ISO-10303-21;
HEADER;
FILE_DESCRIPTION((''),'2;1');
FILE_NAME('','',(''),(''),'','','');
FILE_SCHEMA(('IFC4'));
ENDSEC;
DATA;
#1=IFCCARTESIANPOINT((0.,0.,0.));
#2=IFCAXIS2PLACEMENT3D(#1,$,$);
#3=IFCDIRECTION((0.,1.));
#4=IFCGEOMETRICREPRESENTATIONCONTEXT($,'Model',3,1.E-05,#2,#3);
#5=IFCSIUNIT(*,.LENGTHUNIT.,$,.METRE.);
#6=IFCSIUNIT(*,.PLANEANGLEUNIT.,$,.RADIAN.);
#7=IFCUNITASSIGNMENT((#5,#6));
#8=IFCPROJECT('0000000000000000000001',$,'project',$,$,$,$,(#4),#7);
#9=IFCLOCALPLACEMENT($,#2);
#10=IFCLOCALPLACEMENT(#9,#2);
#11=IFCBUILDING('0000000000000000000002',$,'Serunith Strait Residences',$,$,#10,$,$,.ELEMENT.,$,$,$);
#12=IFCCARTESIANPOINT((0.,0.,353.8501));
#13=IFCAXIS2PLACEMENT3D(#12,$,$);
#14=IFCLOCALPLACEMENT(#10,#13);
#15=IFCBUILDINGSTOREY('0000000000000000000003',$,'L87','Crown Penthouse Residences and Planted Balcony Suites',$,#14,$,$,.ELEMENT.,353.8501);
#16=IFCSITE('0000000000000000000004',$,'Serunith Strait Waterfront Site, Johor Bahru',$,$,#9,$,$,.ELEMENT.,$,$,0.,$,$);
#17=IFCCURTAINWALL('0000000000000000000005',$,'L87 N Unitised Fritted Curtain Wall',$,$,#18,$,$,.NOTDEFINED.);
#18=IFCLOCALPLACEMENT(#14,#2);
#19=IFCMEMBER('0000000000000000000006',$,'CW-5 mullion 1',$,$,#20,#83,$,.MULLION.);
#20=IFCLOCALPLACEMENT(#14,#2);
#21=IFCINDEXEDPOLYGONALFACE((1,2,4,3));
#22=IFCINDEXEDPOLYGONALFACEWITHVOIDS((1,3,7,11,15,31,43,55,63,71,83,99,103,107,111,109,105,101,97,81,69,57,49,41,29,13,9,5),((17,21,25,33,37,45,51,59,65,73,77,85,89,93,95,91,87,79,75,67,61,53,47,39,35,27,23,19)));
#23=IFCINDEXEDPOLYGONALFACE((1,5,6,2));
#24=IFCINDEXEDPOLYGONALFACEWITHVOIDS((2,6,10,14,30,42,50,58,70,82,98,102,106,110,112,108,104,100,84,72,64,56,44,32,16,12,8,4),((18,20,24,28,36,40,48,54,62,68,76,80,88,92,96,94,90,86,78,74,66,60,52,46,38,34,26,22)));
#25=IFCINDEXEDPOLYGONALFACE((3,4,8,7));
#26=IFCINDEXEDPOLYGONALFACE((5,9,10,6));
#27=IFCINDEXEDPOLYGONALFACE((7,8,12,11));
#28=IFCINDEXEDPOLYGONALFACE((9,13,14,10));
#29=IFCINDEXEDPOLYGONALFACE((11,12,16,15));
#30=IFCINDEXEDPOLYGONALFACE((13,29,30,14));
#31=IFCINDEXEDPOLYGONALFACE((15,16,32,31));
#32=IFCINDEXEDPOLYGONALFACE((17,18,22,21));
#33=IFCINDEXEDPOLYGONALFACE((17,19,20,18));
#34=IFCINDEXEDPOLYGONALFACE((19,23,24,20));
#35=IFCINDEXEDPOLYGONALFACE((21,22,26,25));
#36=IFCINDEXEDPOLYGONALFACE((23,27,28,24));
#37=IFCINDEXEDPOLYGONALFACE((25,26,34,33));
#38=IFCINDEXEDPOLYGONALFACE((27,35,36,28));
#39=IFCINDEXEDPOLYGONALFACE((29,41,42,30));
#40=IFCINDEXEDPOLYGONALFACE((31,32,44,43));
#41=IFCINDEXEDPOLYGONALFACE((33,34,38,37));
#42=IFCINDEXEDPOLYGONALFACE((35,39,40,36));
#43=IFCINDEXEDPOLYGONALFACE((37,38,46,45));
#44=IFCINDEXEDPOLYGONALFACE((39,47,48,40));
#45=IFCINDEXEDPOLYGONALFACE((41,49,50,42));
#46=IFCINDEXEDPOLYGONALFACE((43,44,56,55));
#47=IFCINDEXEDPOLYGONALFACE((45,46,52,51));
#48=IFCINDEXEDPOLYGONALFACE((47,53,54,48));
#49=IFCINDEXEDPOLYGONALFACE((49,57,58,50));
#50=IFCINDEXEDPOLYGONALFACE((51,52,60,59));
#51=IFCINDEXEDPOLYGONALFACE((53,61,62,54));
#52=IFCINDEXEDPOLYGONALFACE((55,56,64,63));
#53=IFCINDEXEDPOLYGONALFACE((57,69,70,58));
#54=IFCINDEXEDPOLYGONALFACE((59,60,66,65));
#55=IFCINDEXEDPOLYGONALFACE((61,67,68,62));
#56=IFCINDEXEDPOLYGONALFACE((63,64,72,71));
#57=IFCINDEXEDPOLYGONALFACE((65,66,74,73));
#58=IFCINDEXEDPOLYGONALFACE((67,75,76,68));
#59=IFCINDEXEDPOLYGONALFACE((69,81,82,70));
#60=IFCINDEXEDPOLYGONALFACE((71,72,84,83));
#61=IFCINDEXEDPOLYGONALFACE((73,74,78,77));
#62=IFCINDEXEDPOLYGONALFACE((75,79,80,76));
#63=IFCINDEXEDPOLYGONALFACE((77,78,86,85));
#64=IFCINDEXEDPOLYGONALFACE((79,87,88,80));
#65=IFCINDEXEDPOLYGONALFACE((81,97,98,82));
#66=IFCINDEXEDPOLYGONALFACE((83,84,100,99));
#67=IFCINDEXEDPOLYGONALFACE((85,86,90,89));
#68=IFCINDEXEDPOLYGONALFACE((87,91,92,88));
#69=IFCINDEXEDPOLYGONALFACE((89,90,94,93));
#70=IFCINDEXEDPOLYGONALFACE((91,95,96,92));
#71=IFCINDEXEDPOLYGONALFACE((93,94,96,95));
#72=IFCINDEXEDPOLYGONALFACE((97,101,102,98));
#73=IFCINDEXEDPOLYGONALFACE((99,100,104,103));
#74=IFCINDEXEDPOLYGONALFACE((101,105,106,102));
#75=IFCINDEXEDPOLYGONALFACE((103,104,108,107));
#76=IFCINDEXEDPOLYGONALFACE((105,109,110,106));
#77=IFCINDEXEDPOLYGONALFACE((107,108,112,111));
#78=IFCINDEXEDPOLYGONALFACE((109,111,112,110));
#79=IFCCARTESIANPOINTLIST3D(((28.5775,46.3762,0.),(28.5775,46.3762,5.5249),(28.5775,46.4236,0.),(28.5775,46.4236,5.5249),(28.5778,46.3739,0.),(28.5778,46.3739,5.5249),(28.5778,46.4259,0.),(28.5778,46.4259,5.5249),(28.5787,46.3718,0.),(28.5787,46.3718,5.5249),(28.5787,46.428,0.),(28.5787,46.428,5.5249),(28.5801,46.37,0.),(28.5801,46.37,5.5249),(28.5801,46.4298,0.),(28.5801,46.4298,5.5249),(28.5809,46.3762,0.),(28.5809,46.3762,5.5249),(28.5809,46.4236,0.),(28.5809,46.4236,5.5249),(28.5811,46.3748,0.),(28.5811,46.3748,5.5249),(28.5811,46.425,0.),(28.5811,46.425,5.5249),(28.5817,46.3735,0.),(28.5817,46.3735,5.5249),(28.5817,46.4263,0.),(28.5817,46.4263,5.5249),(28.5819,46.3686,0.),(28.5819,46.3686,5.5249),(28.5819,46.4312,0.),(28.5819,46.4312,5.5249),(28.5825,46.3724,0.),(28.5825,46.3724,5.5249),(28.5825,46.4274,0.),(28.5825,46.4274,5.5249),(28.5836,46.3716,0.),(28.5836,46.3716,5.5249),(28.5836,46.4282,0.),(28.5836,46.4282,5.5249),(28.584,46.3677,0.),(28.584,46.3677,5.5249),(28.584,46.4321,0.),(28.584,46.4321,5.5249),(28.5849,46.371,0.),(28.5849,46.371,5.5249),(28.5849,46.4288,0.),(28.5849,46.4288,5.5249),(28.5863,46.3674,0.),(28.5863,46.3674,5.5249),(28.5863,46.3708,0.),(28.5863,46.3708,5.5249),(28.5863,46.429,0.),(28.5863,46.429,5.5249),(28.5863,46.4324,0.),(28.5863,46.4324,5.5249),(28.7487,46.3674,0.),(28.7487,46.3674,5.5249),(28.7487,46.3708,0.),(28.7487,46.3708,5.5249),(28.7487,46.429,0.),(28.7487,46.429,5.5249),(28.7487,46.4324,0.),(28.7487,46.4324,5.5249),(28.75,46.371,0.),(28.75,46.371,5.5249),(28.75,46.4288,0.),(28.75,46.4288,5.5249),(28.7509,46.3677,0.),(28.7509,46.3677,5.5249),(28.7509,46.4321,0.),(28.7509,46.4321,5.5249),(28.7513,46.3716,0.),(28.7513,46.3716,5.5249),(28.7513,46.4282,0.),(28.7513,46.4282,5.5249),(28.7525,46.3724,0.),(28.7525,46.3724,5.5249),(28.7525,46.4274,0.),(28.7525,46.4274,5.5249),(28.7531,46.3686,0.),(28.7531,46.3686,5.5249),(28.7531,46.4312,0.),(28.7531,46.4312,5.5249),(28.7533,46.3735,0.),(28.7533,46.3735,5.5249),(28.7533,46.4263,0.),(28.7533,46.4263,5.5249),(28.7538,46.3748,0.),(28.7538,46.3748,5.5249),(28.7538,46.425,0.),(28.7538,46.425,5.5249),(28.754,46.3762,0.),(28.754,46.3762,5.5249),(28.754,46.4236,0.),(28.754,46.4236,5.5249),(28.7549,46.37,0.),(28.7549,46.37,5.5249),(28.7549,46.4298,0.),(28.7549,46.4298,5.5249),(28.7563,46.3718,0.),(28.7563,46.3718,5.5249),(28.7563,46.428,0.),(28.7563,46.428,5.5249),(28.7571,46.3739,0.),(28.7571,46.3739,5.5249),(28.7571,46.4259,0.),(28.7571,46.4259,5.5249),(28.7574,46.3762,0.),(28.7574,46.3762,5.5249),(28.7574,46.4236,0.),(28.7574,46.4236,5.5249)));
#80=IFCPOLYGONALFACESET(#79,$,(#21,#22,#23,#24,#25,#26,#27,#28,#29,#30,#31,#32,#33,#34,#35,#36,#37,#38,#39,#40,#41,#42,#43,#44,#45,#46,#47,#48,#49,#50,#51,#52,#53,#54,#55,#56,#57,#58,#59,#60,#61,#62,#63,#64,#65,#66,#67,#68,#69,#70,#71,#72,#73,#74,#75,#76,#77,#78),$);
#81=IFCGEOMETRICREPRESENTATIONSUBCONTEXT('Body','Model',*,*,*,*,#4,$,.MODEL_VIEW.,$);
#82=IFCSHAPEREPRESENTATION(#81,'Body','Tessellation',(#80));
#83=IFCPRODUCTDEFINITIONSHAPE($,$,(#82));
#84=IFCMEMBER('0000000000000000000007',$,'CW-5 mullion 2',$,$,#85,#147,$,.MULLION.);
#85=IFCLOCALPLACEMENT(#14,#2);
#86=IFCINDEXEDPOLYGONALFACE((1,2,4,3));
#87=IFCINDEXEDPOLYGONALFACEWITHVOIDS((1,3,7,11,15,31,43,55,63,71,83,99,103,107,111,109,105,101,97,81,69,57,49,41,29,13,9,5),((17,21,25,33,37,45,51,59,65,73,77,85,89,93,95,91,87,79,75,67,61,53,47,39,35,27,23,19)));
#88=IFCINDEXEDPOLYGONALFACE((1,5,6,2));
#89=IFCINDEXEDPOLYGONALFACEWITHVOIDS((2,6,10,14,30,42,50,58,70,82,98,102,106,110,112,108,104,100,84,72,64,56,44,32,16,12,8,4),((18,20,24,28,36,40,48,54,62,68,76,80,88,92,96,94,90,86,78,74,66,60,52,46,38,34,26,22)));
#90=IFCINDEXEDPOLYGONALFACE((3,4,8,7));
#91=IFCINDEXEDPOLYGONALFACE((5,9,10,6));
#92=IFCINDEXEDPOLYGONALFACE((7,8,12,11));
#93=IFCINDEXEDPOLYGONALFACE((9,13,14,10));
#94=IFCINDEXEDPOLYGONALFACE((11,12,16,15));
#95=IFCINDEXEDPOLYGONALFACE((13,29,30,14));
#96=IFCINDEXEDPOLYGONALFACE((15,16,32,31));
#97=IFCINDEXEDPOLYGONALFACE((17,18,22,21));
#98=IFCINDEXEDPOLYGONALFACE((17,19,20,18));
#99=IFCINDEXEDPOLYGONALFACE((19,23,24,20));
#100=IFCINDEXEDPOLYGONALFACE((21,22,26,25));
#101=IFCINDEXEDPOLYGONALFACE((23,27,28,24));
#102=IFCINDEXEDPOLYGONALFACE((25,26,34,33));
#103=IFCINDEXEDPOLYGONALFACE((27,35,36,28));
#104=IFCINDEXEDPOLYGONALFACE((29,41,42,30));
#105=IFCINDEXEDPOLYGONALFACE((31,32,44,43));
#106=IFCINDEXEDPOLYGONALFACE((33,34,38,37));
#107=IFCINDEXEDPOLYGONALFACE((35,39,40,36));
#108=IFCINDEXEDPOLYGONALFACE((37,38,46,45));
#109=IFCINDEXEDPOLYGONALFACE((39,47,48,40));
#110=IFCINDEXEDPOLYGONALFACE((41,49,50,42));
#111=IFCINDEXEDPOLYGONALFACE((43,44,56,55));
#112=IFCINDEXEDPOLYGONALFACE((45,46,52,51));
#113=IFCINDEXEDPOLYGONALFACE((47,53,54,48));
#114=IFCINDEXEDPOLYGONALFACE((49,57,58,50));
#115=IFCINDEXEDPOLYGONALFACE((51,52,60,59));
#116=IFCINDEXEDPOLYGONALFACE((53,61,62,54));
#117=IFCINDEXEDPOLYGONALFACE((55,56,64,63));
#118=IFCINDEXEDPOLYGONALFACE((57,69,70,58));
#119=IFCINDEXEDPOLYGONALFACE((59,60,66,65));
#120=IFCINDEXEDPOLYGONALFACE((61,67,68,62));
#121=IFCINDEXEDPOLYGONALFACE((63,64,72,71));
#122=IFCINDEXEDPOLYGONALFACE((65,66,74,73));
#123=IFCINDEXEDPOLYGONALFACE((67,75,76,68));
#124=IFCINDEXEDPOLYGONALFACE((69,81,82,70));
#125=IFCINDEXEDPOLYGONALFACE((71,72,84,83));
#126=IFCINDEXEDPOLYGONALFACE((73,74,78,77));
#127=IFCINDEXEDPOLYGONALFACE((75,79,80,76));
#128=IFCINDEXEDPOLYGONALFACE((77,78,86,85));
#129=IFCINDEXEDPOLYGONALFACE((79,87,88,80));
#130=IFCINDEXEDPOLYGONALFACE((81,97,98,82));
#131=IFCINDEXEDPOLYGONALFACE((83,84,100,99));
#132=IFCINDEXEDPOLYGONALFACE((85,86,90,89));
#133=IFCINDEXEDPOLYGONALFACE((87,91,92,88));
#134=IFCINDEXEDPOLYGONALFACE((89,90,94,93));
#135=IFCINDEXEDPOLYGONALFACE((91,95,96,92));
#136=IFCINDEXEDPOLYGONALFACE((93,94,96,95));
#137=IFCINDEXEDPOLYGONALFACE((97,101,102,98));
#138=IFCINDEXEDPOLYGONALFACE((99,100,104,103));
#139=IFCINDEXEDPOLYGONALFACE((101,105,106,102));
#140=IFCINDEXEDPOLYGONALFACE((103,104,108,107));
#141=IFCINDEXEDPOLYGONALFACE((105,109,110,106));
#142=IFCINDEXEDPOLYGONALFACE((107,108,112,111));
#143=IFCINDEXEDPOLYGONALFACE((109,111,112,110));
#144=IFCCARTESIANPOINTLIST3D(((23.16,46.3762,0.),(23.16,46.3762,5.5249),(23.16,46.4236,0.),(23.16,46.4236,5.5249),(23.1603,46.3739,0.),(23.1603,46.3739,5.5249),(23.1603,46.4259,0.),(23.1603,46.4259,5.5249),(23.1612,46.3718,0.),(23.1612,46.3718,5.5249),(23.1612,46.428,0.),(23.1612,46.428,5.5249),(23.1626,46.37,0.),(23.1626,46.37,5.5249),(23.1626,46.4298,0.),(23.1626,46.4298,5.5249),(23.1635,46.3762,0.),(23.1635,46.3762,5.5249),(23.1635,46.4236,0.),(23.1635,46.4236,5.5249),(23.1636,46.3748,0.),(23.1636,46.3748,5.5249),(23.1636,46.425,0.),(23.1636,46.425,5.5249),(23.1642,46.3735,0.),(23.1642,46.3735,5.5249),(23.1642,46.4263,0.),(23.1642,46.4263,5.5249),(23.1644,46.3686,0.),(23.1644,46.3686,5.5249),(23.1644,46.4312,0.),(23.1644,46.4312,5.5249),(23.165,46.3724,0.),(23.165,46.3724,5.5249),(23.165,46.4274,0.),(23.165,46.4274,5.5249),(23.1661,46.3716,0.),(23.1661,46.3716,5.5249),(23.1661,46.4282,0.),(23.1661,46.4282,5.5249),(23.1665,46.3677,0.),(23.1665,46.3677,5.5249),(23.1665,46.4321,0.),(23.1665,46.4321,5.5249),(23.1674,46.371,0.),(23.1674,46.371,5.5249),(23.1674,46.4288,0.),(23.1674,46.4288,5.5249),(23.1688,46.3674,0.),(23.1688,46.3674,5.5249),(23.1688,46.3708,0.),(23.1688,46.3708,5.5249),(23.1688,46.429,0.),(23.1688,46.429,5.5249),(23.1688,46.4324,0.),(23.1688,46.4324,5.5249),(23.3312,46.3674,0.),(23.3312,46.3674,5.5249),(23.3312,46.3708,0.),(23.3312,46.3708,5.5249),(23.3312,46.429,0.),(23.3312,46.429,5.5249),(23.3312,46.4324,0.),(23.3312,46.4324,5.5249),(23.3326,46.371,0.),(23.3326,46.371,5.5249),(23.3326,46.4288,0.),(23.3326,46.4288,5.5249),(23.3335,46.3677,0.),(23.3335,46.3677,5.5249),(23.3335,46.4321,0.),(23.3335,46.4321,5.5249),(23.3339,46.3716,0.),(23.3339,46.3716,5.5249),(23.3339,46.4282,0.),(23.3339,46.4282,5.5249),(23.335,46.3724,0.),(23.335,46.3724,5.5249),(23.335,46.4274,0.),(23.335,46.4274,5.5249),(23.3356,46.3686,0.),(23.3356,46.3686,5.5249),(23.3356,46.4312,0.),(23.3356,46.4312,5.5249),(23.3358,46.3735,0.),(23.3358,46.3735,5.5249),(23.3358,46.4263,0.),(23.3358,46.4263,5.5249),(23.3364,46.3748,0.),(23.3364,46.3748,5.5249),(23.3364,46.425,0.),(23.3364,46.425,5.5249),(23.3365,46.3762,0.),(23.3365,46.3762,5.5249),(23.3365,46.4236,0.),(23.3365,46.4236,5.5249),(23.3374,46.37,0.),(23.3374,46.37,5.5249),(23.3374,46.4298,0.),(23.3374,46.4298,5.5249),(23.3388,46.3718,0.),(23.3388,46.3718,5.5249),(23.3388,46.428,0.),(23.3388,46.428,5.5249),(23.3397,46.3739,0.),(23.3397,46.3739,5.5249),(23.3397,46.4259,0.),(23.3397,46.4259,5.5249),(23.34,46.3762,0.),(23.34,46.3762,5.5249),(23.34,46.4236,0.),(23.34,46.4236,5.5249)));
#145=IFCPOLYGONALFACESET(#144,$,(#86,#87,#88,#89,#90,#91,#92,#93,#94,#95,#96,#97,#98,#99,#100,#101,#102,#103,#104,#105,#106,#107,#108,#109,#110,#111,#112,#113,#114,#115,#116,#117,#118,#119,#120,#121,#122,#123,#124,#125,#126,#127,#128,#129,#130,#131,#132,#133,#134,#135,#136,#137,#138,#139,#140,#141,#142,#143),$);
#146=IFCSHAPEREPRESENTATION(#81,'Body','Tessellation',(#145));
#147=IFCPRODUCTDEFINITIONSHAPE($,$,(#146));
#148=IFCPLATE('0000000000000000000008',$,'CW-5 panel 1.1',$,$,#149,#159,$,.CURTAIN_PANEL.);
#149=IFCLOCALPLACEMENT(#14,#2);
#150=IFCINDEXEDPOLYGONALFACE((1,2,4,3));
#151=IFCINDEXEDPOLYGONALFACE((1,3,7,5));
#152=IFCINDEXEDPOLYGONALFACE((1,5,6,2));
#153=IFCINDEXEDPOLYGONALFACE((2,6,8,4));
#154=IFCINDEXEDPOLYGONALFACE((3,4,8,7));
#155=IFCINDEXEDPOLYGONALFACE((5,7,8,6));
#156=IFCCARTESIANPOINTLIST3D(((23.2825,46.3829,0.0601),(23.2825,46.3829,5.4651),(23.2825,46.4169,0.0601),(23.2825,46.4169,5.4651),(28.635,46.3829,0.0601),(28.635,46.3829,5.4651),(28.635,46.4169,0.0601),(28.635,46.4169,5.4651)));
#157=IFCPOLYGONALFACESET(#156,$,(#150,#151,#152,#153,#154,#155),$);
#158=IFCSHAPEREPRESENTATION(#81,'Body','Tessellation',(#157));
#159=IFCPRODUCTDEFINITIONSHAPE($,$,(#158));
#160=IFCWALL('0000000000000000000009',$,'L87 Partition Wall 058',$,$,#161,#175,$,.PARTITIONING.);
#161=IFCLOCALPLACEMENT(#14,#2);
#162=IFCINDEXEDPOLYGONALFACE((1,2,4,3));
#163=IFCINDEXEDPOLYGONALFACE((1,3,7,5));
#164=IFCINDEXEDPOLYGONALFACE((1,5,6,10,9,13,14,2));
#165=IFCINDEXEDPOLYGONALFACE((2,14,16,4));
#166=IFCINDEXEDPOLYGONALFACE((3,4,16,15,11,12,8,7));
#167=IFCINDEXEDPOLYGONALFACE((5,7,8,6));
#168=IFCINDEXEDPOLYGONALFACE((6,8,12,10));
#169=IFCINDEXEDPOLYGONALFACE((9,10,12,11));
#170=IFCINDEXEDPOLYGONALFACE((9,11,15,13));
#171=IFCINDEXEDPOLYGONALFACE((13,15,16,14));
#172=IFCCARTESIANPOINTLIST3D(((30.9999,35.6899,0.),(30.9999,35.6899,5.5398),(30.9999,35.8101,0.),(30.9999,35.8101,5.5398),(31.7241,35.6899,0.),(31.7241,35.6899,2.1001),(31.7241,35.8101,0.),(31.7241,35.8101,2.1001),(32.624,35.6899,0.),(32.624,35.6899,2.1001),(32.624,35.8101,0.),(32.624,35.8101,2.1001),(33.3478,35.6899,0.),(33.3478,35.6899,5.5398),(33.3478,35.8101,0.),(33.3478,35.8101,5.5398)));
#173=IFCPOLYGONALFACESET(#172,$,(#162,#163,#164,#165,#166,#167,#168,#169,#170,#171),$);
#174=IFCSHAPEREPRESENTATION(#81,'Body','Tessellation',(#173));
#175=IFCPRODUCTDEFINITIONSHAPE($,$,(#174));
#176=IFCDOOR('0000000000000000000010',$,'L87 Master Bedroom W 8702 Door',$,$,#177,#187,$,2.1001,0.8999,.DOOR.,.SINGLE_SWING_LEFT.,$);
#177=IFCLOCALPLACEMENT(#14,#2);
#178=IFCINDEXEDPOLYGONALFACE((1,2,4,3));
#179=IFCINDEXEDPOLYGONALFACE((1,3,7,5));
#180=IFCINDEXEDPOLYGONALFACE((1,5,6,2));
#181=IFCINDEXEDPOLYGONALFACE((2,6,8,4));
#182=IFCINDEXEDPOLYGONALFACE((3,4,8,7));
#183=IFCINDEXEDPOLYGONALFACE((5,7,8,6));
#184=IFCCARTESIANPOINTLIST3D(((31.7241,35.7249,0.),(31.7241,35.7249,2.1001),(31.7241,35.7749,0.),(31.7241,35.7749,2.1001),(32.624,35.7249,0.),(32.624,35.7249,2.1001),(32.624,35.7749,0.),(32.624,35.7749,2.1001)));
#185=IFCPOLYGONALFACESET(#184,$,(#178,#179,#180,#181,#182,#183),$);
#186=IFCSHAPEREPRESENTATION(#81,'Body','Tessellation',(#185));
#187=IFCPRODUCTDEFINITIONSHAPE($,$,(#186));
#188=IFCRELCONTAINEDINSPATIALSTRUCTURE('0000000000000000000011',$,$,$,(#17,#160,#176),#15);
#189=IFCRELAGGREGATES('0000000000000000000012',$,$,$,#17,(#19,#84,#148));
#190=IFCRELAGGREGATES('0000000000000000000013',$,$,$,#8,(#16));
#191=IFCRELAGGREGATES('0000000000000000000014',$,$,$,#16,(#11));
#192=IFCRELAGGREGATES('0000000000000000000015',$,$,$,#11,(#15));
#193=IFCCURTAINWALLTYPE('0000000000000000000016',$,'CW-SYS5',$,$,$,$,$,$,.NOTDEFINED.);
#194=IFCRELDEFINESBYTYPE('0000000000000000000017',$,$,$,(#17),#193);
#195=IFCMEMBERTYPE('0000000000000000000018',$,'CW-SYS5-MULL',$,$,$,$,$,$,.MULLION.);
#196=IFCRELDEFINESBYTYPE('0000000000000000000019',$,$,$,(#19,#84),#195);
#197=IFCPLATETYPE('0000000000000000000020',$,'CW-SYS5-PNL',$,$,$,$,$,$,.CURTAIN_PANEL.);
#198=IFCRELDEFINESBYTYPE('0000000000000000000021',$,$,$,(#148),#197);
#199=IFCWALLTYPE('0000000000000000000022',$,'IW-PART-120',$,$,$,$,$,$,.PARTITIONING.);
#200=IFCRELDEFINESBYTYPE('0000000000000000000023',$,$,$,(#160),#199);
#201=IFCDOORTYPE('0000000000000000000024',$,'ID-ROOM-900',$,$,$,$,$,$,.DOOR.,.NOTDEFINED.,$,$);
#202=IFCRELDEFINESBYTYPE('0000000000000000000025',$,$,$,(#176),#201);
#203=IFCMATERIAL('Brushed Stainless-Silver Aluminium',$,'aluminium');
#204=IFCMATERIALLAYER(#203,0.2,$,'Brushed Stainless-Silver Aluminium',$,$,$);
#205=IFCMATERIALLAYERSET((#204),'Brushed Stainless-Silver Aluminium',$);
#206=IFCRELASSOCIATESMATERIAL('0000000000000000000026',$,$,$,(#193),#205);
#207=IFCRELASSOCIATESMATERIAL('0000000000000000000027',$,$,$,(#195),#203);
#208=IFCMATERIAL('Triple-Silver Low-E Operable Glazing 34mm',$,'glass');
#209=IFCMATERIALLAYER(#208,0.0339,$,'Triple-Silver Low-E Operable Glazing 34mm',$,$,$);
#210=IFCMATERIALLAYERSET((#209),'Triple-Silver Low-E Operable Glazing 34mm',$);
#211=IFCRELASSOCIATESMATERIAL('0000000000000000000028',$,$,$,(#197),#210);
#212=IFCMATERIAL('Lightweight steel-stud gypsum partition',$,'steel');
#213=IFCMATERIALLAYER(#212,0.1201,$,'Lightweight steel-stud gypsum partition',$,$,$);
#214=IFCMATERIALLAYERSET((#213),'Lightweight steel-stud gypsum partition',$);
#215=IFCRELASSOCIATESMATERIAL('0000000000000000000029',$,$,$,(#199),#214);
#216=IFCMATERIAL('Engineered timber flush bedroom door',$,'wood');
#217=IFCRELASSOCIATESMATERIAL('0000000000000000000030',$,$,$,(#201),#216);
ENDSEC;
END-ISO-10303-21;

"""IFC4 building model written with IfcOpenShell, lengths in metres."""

from ifc_helpers import new_model, si_unit, direction, frame, frame_2d, origin, origin_2d, place, context, subcontext, project, spatial, rectangle, hollow_rectangle, extrude, source, transform, mapped, material, layer, layer_set, material_profile, profile_set, type_object, element, fill, aggregate, save


model = new_model("IFC4")

# Units and contexts
model_context = context("Model", 3, precision=1e-05, world=origin(), true_north=direction((0.0, 1.0)))
body_context = subcontext(model_context, "Body", "Model", "MODEL_VIEW")
ifc_project = project(units=[si_unit("LENGTHUNIT", "METRE"), si_unit("PLANEANGLEUNIT", "RADIAN")], contexts=[model_context])

# Site, building, storey
site_placement = place(None, origin())
site = spatial("IfcSite", under=ifc_project, at=site_placement, Name="Serunith Strait Waterfront Site, Johor Bahru", CompositionType="ELEMENT", RefElevation=0.0)
building_placement = place(site_placement, origin())
building = spatial("IfcBuilding", under=site, at=building_placement, Name="Serunith Strait Residences", CompositionType="ELEMENT")
storey_placement = place(building_placement, frame((0.0, 0.0, 353.8501)))
storey = spatial("IfcBuildingStorey", under=building, at=storey_placement, Name="L87", Description="Crown Penthouse Residences and Planted Balcony Suites", CompositionType="ELEMENT", Elevation=353.8501)

# Curtain wall, members, plate
ifc_material_1 = material(Name="Brushed Stainless-Silver Aluminium", Category="aluminium")
ifc_layer_1 = layer(ifc_material_1, 0.2, Name="Brushed Stainless-Silver Aluminium")
ifc_layer_set_1 = layer_set([ifc_layer_1], Name="Brushed Stainless-Silver Aluminium")
curtain_wall_type = type_object("IfcCurtainWallType", Name="CW-SYS5", PredefinedType="NOTDEFINED", material=ifc_layer_set_1)
curtain_wall_placement = place(storey_placement, origin())
curtain_wall = element("IfcCurtainWall", 1, at=curtain_wall_placement, inside=storey, type_object=curtain_wall_type, Name="L87 N Unitised Fritted Curtain Wall", PredefinedType="NOTDEFINED")
ifc_material_profile_1 = material_profile(ifc_material_1, hollow_rectangle(XDim=0.0649, YDim=0.1799, WallThickness=0.0034, InnerFilletRadius=0.0054, OuterFilletRadius=0.0088, at=origin_2d()), Name="ALU 180x65x3.5")
ifc_profile_set_1 = profile_set([ifc_material_profile_1], Name="Brushed Stainless-Silver Aluminium")
member_type_1 = type_object("IfcMemberType", Name="CW-SYS5-MULL", PredefinedType="MULLION", material=ifc_profile_set_1)
shared_shape_1 = source(origin(), body_context, "Body", "SweptSolid", [
    extrude(hollow_rectangle(XDim=0.0649, YDim=0.1799, WallThickness=0.0034, InnerFilletRadius=0.0054, OuterFilletRadius=0.0088, at=origin_2d()), origin(), (0.0, 0.0, 1.0), 5.5249),
])
member_1_placement = place(storey_placement, frame((28.6675, 46.3999, 0.0), z_axis=(0.0, 0.0, 1.0), x_axis=(0.0, -1.0, 0.0)))
member_1 = element("IfcMember", 2, at=member_1_placement, type_object=member_type_1, Name="CW-5 mullion 1", PredefinedType="MULLION", context=body_context, shape_type="MappedRepresentation", body=[
    mapped(shared_shape_1, transform((0.0, 0.0, 0.0), scale=1.0)),
])
member_2_placement = place(storey_placement, frame((23.25, 46.3999, 0.0), z_axis=(0.0, 0.0, 1.0), x_axis=(0.0, -1.0, 0.0)))
member_2 = element("IfcMember", 3, at=member_2_placement, type_object=member_type_1, Name="CW-5 mullion 2", PredefinedType="MULLION", context=body_context, shape_type="MappedRepresentation", body=[
    mapped(shared_shape_1, transform((0.0, 0.0, 0.0), scale=1.0)),
])
ifc_material_2 = material(Name="Triple-Silver Low-E Operable Glazing 34mm", Category="glass")
ifc_layer_2 = layer(ifc_material_2, 0.0339, Name="Triple-Silver Low-E Operable Glazing 34mm")
ifc_layer_set_2 = layer_set([ifc_layer_2], Name="Triple-Silver Low-E Operable Glazing 34mm")
plate_type = type_object("IfcPlateType", Name="CW-SYS5-PNL", PredefinedType="CURTAIN_PANEL", material=ifc_layer_set_2)
shared_shape_2 = source(origin(), body_context, "Body", "SweptSolid", [
    extrude(rectangle(XDim=5.3525, YDim=0.0339, at=origin_2d()), origin(), (0.0, 0.0, 1.0), 5.405),
])
plate_placement = place(storey_placement, frame((25.9587, 46.3999, 0.0601), z_axis=(0.0, 0.0, 1.0), x_axis=(-1.0, 0.0, 0.0)))
plate = element("IfcPlate", 4, at=plate_placement, type_object=plate_type, Name="CW-5 panel 1.1", PredefinedType="CURTAIN_PANEL", context=body_context, shape_type="MappedRepresentation", body=[
    mapped(shared_shape_2, transform((0.0, 0.0, 0.0), scale=1.0)),
])
aggregate(curtain_wall, [member_1, member_2, plate])

# Wall, opening, door
ifc_material_3 = material(Name="Lightweight steel-stud gypsum partition", Category="steel")
ifc_layer_3 = layer(ifc_material_3, 0.1201, Name="Lightweight steel-stud gypsum partition")
ifc_layer_set_3 = layer_set([ifc_layer_3], Name="Lightweight steel-stud gypsum partition")
wall_type = type_object("IfcWallType", Name="IW-PART-120", PredefinedType="PARTITIONING", material=ifc_layer_set_3)
wall_1_placement = place(storey_placement, frame((31.0, 35.75, 0.0), z_axis=(0.0, 0.0, 1.0), x_axis=(1.0, 0.0, 0.0)))
wall_1 = element("IfcWall", 5, at=wall_1_placement, inside=storey, type_object=wall_type, Name="L87 Partition Wall 058", PredefinedType="PARTITIONING", context=body_context, shape_type="SweptSolid", body=[
    extrude(rectangle(XDim=2.3479, YDim=0.1201, at=frame_2d((1.1738, 0.0))), origin(), (0.0, 0.0, 1.0), 5.5398),
])
opening_1_placement = place(wall_1_placement, frame((0.7241, 0.0, 0.0)))
opening_1 = element("IfcOpeningElement", 6, at=opening_1_placement, cuts=wall_1, PredefinedType="OPENING", context=body_context, shape_type="SweptSolid", body=[
    extrude(rectangle(XDim=0.8999, YDim=2.1001, at=frame_2d((0.45, 1.05))), frame((0.0, 0.0701, 0.0), z_axis=(0.0, -1.0, 0.0), x_axis=(1.0, 0.0, 0.0)), (0.0, 0.0, 1.0), 0.1401),
])
ifc_material_4 = material(Name="Engineered timber flush bedroom door", Category="wood")
door_type_1 = type_object("IfcDoorType", Name="ID-ROOM-900", OperationType="NOTDEFINED", PredefinedType="DOOR", material=ifc_material_4)
shared_shape_3 = source(origin(), body_context, "Body", "SweptSolid", [
    extrude(rectangle(XDim=0.8999, YDim=2.1001, at=frame_2d((0.45, 1.05))), frame((0.0, 0.0249, 0.0), z_axis=(0.0, -1.0, 0.0), x_axis=(1.0, 0.0, 0.0)), (0.0, 0.0, 1.0), 0.05),
])
door_1_placement = place(opening_1_placement, origin())
door_1 = element("IfcDoor", 7, at=door_1_placement, inside=storey, type_object=door_type_1, Name="L87 Master Bedroom W 8702 Door", OperationType="SINGLE_SWING_LEFT", OverallHeight=2.1001, OverallWidth=0.8999, PredefinedType="DOOR", context=body_context, shape_type="MappedRepresentation", body=[
    mapped(shared_shape_3, transform((0.0, 0.0, 0.0), scale=1.0)),
])
fill(opening_1, door_1)

save(model, "model.ifc")
